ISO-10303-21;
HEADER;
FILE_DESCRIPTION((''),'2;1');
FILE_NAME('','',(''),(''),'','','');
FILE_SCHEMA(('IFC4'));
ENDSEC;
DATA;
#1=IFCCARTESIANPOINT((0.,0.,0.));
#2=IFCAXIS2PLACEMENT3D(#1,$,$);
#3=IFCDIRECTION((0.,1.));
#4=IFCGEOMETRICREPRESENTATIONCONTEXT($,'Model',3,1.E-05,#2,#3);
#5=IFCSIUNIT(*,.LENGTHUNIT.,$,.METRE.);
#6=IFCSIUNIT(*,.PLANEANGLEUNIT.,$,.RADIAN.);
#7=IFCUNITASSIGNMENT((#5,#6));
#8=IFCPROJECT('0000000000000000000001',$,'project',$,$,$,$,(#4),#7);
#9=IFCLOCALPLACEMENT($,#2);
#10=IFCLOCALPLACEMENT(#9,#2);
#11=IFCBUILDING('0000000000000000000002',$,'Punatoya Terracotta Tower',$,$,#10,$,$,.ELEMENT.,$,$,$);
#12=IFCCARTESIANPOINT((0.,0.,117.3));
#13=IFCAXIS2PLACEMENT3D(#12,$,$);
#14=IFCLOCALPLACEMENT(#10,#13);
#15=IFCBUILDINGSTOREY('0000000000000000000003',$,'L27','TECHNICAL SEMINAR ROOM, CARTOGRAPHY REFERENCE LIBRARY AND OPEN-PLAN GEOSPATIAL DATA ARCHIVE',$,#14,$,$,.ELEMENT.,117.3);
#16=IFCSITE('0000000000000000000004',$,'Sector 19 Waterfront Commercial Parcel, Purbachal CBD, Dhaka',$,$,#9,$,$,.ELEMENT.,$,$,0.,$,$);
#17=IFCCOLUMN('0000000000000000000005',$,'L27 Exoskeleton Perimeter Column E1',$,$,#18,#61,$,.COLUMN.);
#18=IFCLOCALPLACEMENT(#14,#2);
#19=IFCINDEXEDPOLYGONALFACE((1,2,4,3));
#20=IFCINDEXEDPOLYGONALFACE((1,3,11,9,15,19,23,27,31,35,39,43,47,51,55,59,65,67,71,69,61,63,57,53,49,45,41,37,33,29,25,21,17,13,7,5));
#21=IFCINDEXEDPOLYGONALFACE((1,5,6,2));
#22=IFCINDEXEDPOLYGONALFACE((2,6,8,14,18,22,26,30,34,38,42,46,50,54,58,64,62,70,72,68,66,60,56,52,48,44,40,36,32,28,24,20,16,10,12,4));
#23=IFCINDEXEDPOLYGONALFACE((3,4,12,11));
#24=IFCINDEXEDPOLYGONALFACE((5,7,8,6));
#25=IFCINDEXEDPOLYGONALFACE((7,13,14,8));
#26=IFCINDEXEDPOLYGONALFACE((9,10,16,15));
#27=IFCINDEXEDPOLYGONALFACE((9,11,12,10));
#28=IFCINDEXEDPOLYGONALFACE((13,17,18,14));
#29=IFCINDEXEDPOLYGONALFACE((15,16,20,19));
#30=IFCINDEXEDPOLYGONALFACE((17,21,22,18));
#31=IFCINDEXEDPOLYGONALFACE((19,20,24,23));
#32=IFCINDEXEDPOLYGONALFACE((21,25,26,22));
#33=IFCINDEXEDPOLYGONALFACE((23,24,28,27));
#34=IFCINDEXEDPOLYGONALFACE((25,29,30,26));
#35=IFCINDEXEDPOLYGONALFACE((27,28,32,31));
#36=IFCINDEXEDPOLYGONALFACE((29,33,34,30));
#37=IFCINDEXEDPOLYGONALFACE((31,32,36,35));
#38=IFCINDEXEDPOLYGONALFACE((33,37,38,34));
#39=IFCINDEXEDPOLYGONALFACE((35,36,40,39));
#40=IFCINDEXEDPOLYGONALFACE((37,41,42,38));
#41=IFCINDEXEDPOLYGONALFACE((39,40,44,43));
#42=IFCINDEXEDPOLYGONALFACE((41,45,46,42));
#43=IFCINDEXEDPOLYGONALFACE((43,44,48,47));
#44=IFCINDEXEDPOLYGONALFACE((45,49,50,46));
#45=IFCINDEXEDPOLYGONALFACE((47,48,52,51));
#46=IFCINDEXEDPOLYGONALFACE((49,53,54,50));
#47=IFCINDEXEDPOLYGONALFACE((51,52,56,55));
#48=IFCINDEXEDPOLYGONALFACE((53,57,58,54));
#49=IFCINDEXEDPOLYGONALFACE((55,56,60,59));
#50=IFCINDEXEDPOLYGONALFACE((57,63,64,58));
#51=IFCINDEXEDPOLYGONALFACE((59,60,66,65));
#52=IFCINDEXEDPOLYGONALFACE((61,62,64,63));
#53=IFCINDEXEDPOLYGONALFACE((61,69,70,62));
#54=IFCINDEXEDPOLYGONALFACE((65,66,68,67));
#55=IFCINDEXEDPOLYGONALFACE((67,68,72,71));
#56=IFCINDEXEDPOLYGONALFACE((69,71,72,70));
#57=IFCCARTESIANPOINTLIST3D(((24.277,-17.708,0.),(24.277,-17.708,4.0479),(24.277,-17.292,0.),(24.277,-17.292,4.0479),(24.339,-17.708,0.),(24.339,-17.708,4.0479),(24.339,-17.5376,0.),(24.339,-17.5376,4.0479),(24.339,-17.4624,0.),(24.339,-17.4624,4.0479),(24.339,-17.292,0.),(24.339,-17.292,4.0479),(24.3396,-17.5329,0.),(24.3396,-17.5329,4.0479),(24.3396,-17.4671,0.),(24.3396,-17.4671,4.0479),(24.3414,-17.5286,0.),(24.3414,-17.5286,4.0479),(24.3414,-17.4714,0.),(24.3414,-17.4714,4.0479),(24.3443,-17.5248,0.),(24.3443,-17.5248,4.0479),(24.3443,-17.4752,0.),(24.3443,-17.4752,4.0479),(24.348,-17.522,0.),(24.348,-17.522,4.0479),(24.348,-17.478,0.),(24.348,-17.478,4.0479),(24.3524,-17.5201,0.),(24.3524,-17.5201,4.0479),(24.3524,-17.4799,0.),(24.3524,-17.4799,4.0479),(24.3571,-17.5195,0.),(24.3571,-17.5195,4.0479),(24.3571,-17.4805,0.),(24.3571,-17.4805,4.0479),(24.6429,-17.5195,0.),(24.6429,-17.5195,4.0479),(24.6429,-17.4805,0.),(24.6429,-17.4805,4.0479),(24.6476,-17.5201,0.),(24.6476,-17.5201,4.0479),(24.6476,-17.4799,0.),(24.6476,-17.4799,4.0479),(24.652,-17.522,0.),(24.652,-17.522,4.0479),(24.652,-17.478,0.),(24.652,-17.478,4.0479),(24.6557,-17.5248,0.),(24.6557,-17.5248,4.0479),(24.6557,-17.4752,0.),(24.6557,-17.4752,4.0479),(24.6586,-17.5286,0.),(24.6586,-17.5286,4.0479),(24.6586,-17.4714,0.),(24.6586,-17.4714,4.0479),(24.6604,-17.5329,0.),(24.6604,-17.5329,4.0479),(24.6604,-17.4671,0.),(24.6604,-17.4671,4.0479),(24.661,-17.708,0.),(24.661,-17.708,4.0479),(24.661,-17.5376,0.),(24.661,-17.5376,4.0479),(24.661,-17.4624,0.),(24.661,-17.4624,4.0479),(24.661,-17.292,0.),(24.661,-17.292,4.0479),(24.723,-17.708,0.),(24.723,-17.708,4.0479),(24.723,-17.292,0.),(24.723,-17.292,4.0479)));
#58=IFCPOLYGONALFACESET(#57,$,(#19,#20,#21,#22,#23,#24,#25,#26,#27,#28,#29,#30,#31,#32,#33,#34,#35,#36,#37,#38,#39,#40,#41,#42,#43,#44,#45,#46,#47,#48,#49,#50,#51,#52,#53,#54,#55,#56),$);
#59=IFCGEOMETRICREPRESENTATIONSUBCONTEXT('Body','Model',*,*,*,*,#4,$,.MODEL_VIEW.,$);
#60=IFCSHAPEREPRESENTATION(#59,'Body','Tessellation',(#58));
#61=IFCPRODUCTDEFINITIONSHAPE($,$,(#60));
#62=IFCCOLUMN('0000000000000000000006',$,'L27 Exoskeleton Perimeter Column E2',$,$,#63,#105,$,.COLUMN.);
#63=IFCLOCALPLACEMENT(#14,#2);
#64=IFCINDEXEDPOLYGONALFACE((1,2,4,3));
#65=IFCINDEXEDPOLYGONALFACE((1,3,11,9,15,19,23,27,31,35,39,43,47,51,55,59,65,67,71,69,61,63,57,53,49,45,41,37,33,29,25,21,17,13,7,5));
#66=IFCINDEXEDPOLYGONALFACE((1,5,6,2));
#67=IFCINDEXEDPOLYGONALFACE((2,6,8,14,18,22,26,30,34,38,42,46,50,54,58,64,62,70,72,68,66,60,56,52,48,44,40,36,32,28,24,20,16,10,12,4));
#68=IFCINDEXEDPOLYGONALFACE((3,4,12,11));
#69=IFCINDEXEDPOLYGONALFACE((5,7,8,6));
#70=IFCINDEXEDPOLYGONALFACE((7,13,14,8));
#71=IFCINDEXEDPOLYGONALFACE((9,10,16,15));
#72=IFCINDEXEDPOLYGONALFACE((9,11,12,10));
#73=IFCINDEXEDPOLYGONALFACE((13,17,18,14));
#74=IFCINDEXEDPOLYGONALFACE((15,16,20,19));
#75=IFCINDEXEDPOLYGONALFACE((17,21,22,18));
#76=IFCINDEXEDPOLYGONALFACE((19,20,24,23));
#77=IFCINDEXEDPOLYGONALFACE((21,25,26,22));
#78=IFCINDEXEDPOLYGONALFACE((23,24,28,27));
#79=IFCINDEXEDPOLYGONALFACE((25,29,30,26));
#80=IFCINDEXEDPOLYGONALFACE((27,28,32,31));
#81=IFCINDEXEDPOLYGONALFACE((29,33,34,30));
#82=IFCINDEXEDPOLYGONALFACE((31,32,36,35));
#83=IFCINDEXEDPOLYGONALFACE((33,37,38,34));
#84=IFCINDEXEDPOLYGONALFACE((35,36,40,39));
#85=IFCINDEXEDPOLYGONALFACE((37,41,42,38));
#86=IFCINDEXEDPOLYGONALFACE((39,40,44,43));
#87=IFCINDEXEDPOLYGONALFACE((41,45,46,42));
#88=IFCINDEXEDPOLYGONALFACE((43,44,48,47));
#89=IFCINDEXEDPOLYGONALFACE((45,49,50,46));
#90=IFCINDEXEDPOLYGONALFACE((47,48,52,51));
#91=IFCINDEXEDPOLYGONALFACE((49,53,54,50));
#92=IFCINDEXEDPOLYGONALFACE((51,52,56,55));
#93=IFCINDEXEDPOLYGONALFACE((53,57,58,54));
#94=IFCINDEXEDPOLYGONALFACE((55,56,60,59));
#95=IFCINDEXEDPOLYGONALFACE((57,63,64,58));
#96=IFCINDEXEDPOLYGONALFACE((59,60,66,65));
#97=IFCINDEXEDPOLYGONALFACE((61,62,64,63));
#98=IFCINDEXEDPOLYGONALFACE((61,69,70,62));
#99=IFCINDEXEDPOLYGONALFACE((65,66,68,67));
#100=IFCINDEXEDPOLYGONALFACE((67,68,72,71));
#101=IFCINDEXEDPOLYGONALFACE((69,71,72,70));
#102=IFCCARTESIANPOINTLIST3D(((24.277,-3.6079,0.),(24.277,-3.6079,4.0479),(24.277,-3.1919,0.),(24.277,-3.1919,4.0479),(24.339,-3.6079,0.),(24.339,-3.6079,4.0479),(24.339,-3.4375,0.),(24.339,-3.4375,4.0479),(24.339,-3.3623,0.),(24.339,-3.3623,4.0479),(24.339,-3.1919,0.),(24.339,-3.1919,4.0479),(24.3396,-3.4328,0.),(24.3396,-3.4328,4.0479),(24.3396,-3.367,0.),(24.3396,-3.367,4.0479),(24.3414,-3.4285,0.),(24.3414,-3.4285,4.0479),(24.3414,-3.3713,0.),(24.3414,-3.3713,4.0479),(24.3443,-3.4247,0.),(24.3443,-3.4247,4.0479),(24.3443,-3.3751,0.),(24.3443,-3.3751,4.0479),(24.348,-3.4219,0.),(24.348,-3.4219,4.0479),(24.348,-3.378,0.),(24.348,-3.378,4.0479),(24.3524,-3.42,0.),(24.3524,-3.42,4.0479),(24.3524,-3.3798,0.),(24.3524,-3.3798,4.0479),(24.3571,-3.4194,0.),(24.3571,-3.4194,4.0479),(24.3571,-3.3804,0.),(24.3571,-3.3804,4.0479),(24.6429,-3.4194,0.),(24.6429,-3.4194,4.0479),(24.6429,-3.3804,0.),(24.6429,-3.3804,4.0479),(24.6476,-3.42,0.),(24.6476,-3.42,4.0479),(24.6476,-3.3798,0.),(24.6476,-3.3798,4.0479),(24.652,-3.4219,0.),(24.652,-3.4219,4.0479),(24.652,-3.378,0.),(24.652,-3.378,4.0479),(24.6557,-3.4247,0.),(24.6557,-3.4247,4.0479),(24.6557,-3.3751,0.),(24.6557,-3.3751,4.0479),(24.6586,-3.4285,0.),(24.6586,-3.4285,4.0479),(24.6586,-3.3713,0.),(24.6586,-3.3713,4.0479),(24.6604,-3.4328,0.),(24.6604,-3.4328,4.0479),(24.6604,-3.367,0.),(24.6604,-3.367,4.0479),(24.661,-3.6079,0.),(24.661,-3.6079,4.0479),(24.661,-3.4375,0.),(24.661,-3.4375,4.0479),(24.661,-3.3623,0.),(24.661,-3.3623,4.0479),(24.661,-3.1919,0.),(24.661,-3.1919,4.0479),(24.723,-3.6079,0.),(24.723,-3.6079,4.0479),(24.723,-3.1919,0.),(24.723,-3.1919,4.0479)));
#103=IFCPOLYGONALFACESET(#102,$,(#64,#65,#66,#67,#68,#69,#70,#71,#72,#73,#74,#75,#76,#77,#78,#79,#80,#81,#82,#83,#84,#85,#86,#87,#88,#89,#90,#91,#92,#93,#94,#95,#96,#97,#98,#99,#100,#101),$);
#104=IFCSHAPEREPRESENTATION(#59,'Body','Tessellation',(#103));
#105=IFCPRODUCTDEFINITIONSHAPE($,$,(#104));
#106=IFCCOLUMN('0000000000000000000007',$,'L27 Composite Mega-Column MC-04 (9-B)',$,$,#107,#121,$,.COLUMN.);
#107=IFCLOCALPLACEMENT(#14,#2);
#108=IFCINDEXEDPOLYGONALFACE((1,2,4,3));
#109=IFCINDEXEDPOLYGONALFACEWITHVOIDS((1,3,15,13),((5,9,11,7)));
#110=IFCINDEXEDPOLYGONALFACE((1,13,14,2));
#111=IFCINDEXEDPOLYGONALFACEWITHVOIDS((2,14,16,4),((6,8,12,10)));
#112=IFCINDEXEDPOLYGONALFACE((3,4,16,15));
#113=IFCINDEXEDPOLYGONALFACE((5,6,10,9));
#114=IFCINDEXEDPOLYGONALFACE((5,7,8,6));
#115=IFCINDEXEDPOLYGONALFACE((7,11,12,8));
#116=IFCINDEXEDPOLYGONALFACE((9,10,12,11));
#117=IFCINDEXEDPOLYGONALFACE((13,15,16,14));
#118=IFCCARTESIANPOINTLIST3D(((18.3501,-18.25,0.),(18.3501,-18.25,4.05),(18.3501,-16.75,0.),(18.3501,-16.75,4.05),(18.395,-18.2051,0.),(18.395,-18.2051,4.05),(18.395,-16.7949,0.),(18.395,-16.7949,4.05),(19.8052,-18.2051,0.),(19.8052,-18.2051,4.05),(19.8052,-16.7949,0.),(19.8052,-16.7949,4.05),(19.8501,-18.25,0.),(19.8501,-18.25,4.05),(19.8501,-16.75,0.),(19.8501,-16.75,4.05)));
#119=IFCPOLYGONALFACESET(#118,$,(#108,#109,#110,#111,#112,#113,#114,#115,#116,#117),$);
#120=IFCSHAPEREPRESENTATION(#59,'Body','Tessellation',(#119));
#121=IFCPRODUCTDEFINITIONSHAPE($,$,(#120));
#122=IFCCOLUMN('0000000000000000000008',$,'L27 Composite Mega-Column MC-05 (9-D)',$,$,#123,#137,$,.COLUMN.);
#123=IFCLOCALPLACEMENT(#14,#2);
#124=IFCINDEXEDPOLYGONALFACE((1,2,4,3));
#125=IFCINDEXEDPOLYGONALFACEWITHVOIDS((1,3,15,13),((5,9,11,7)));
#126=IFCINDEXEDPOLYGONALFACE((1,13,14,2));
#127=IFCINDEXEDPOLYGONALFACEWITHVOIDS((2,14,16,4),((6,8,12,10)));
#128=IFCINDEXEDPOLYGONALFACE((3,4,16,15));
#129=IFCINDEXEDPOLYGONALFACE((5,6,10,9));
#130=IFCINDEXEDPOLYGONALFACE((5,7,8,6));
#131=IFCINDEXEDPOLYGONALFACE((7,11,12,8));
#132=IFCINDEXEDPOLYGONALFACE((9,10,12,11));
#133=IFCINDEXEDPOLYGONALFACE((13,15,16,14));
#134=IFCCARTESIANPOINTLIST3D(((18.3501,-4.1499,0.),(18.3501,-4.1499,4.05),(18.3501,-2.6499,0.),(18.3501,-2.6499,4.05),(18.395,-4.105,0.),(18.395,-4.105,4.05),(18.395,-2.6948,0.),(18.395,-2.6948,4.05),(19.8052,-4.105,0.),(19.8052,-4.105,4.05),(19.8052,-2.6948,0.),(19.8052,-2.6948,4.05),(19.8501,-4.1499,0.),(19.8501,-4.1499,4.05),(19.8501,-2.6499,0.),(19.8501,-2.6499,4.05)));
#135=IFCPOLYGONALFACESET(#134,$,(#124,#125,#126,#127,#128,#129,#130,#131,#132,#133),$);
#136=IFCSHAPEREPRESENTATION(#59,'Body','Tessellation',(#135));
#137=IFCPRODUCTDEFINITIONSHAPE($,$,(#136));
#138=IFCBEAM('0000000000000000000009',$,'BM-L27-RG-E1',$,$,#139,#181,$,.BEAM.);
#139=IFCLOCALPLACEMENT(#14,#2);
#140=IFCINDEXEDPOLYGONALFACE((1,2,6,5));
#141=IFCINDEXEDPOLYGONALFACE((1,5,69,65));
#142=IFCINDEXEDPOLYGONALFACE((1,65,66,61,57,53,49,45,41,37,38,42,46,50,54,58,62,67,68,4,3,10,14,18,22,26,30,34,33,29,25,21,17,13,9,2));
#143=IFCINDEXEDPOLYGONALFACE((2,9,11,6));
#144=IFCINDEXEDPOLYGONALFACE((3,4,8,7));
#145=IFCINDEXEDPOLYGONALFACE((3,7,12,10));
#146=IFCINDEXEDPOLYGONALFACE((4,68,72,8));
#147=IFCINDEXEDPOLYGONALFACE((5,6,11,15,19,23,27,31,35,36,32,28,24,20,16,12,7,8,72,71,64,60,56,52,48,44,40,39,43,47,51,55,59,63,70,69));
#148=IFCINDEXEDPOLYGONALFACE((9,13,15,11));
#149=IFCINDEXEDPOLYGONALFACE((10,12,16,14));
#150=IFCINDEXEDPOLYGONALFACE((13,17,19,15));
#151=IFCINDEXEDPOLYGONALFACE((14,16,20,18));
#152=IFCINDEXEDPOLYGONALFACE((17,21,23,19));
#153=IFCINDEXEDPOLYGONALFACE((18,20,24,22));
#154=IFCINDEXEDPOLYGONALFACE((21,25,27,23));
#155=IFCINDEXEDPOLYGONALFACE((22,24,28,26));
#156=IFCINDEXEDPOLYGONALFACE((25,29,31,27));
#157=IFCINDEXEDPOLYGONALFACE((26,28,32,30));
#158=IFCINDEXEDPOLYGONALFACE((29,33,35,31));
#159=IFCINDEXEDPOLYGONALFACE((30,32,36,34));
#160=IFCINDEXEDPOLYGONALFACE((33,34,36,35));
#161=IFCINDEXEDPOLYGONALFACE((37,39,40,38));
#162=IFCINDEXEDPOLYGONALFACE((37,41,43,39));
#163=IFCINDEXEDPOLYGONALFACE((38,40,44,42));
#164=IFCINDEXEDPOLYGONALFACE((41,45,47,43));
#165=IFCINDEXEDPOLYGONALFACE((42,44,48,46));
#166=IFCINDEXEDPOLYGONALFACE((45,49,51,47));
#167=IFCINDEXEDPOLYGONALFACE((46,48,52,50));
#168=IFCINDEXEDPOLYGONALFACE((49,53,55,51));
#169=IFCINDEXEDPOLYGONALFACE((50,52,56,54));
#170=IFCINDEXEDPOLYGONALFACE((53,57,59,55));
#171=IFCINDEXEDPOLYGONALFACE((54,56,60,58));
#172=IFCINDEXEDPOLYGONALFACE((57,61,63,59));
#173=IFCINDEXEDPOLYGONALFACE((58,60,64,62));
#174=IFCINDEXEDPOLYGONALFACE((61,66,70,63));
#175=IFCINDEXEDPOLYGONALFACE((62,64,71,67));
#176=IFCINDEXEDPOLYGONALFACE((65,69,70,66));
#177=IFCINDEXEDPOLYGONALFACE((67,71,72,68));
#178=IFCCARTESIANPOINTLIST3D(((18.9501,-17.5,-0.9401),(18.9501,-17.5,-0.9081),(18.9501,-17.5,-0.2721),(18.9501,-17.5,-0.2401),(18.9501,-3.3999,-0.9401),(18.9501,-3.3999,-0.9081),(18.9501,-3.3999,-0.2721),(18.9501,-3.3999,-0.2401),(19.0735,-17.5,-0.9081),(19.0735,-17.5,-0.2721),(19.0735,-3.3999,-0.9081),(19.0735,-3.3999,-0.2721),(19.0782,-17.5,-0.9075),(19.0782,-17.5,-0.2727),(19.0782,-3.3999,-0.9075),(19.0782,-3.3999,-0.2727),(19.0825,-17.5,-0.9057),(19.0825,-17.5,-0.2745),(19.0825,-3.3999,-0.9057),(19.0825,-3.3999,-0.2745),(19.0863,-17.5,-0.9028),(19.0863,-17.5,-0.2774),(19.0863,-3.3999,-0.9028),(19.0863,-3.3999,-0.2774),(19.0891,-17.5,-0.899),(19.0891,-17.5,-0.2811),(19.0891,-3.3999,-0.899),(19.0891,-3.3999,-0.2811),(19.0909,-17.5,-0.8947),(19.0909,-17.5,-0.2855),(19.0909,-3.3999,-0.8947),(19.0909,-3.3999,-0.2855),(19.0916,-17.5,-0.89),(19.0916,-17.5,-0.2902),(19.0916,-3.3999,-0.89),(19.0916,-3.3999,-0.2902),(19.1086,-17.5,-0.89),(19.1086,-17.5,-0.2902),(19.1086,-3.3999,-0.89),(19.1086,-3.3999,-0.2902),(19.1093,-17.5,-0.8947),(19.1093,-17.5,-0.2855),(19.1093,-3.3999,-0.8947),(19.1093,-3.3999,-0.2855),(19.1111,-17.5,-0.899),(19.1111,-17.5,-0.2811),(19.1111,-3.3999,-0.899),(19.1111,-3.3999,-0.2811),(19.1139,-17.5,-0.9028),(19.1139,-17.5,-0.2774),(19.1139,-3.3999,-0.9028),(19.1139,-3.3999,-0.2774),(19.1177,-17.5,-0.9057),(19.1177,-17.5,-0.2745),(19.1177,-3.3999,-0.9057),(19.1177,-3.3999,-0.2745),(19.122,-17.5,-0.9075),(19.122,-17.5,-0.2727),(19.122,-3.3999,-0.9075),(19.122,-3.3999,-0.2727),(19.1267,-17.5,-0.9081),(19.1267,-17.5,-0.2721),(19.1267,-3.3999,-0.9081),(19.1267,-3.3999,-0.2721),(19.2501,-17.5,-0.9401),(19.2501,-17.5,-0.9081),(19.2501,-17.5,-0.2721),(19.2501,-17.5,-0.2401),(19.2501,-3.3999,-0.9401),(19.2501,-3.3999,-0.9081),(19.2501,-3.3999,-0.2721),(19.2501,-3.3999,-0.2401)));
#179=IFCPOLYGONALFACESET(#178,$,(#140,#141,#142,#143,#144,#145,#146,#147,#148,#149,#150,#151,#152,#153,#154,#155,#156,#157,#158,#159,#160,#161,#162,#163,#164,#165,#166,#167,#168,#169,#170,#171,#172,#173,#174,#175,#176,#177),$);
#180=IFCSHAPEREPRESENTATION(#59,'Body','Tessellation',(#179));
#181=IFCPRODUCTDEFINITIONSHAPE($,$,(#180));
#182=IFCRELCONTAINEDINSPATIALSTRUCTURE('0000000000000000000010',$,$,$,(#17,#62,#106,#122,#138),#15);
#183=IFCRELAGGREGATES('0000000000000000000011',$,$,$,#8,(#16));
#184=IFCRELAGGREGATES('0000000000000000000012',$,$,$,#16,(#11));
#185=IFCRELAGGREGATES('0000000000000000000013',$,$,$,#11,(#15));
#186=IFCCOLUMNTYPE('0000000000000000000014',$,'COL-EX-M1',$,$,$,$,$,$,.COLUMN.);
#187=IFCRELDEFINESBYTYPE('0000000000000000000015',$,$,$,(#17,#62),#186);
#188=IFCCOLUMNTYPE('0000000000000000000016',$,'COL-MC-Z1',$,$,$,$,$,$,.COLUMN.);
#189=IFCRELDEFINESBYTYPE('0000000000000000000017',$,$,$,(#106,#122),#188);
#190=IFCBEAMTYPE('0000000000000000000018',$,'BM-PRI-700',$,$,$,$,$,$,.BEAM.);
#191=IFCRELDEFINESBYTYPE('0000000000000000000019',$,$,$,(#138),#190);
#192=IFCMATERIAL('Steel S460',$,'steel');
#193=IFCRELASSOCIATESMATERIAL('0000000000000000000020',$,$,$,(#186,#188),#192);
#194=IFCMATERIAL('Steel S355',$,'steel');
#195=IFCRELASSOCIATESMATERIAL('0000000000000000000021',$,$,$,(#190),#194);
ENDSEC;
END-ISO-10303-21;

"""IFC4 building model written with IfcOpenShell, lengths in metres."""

from ifc_helpers import new_model, si_unit, direction, frame, origin, origin_2d, place, context, subcontext, project, spatial, hollow_rectangle, i_section, extrude, material, material_profile, profile_set, type_object, element, save


model = new_model("IFC4")

# Units and contexts
model_context = context("Model", 3, precision=1e-05, world=origin(), true_north=direction((0.0, 1.0)))
body_context = subcontext(model_context, "Body", "Model", "MODEL_VIEW")
ifc_project = project(units=[si_unit("LENGTHUNIT", "METRE"), si_unit("PLANEANGLEUNIT", "RADIAN")], contexts=[model_context])

# Site, building, storey
site_placement = place(None, origin())
site = spatial("IfcSite", under=ifc_project, at=site_placement, Name="Sector 19 Waterfront Commercial Parcel, Purbachal CBD, Dhaka", CompositionType="ELEMENT", RefElevation=0.0)
building_placement = place(site_placement, origin())
building = spatial("IfcBuilding", under=site, at=building_placement, Name="Punatoya Terracotta Tower", CompositionType="ELEMENT")
storey_placement = place(building_placement, frame((0.0, 0.0, 117.3)))
storey = spatial("IfcBuildingStorey", under=building, at=storey_placement, Name="L27", Description="TECHNICAL SEMINAR ROOM, CARTOGRAPHY REFERENCE LIBRARY AND OPEN-PLAN GEOSPATIAL DATA ARCHIVE", CompositionType="ELEMENT", Elevation=117.3)

# Columns
ifc_material_1 = material(Name="Steel S460", Category="steel")
ifc_material_profile_1 = material_profile(ifc_material_1, i_section(OverallWidth=0.416, OverallDepth=0.446, WebThickness=0.0391, FlangeThickness=0.062, FilletRadius=0.0181, at=origin_2d()))
ifc_profile_set_1 = profile_set([ifc_material_profile_1], Name="Steel S460")
column_type_1 = type_object("IfcColumnType", Name="COL-EX-M1", PredefinedType="COLUMN", material=ifc_profile_set_1)
for number, where, z_axis, x_axis, name in (
    (1, (24.5, -17.5, 0.0), (0.0, 0.0, 1.0), (0.0, 1.0, 0.0), "L27 Exoskeleton Perimeter Column E1"),
    (2, (24.5, -3.3999, 0.0), (0.0, 0.0, 1.0), (0.0, 1.0, 0.0), "L27 Exoskeleton Perimeter Column E2"),
):
    element("IfcColumn", number, at=place(storey_placement, frame(where, z_axis=z_axis, x_axis=x_axis)), inside=storey, type_object=column_type_1, Name=name, PredefinedType="COLUMN", context=body_context, shape_type="SweptSolid", body=[
        extrude(i_section(OverallWidth=0.416, OverallDepth=0.446, WebThickness=0.0391, FlangeThickness=0.062, FilletRadius=0.0181, at=origin_2d()), origin(), (0.0, 0.0, 1.0), 4.0479),
    ])
ifc_material_profile_2 = material_profile(ifc_material_1, hollow_rectangle(XDim=1.5, YDim=1.5, WallThickness=0.0449, at=origin_2d()))
ifc_profile_set_2 = profile_set([ifc_material_profile_2], Name="Steel S460")
column_type_2 = type_object("IfcColumnType", Name="COL-MC-Z1", PredefinedType="COLUMN", material=ifc_profile_set_2)
for number, where, z_axis, x_axis, name in (
    (3, (19.1001, -17.5, 0.0), (0.0, 0.0, 1.0), (1.0, 0.0, 0.0), "L27 Composite Mega-Column MC-04 (9-B)"),
    (4, (19.1001, -3.3999, 0.0), (0.0, 0.0, 1.0), (1.0, 0.0, 0.0), "L27 Composite Mega-Column MC-05 (9-D)"),
):
    element("IfcColumn", number, at=place(storey_placement, frame(where, z_axis=z_axis, x_axis=x_axis)), inside=storey, type_object=column_type_2, Name=name, PredefinedType="COLUMN", context=body_context, shape_type="SweptSolid", body=[
        extrude(hollow_rectangle(XDim=1.5, YDim=1.5, WallThickness=0.0449, at=origin_2d()), origin(), (0.0, 0.0, 1.0), 4.05),
    ])

# Beam
ifc_material_2 = material(Name="Steel S355", Category="steel")
ifc_material_profile_3 = material_profile(ifc_material_2, i_section(OverallWidth=0.3, OverallDepth=0.7, WebThickness=0.0171, FlangeThickness=0.032, FilletRadius=0.0181, at=origin_2d()))
ifc_profile_set_3 = profile_set([ifc_material_profile_3], Name="Steel S355")
beam_type_1 = type_object("IfcBeamType", Name="BM-PRI-700", PredefinedType="BEAM", material=ifc_profile_set_3)
beam_1_placement = place(storey_placement, frame((19.1001, -17.5, -0.5901), z_axis=(0.0, 1.0, 0.0), x_axis=(-1.0, 0.0, 0.0)))
element("IfcBeam", 5, at=beam_1_placement, inside=storey, type_object=beam_type_1, Name="BM-L27-RG-E1", PredefinedType="BEAM", context=body_context, shape_type="SweptSolid", body=[
    extrude(i_section(OverallWidth=0.3, OverallDepth=0.7, WebThickness=0.0171, FlangeThickness=0.032, FilletRadius=0.0181, at=origin_2d()), origin(), (0.0, 0.0, 1.0), 14.1001),
])

save(model, "model.ifc")
